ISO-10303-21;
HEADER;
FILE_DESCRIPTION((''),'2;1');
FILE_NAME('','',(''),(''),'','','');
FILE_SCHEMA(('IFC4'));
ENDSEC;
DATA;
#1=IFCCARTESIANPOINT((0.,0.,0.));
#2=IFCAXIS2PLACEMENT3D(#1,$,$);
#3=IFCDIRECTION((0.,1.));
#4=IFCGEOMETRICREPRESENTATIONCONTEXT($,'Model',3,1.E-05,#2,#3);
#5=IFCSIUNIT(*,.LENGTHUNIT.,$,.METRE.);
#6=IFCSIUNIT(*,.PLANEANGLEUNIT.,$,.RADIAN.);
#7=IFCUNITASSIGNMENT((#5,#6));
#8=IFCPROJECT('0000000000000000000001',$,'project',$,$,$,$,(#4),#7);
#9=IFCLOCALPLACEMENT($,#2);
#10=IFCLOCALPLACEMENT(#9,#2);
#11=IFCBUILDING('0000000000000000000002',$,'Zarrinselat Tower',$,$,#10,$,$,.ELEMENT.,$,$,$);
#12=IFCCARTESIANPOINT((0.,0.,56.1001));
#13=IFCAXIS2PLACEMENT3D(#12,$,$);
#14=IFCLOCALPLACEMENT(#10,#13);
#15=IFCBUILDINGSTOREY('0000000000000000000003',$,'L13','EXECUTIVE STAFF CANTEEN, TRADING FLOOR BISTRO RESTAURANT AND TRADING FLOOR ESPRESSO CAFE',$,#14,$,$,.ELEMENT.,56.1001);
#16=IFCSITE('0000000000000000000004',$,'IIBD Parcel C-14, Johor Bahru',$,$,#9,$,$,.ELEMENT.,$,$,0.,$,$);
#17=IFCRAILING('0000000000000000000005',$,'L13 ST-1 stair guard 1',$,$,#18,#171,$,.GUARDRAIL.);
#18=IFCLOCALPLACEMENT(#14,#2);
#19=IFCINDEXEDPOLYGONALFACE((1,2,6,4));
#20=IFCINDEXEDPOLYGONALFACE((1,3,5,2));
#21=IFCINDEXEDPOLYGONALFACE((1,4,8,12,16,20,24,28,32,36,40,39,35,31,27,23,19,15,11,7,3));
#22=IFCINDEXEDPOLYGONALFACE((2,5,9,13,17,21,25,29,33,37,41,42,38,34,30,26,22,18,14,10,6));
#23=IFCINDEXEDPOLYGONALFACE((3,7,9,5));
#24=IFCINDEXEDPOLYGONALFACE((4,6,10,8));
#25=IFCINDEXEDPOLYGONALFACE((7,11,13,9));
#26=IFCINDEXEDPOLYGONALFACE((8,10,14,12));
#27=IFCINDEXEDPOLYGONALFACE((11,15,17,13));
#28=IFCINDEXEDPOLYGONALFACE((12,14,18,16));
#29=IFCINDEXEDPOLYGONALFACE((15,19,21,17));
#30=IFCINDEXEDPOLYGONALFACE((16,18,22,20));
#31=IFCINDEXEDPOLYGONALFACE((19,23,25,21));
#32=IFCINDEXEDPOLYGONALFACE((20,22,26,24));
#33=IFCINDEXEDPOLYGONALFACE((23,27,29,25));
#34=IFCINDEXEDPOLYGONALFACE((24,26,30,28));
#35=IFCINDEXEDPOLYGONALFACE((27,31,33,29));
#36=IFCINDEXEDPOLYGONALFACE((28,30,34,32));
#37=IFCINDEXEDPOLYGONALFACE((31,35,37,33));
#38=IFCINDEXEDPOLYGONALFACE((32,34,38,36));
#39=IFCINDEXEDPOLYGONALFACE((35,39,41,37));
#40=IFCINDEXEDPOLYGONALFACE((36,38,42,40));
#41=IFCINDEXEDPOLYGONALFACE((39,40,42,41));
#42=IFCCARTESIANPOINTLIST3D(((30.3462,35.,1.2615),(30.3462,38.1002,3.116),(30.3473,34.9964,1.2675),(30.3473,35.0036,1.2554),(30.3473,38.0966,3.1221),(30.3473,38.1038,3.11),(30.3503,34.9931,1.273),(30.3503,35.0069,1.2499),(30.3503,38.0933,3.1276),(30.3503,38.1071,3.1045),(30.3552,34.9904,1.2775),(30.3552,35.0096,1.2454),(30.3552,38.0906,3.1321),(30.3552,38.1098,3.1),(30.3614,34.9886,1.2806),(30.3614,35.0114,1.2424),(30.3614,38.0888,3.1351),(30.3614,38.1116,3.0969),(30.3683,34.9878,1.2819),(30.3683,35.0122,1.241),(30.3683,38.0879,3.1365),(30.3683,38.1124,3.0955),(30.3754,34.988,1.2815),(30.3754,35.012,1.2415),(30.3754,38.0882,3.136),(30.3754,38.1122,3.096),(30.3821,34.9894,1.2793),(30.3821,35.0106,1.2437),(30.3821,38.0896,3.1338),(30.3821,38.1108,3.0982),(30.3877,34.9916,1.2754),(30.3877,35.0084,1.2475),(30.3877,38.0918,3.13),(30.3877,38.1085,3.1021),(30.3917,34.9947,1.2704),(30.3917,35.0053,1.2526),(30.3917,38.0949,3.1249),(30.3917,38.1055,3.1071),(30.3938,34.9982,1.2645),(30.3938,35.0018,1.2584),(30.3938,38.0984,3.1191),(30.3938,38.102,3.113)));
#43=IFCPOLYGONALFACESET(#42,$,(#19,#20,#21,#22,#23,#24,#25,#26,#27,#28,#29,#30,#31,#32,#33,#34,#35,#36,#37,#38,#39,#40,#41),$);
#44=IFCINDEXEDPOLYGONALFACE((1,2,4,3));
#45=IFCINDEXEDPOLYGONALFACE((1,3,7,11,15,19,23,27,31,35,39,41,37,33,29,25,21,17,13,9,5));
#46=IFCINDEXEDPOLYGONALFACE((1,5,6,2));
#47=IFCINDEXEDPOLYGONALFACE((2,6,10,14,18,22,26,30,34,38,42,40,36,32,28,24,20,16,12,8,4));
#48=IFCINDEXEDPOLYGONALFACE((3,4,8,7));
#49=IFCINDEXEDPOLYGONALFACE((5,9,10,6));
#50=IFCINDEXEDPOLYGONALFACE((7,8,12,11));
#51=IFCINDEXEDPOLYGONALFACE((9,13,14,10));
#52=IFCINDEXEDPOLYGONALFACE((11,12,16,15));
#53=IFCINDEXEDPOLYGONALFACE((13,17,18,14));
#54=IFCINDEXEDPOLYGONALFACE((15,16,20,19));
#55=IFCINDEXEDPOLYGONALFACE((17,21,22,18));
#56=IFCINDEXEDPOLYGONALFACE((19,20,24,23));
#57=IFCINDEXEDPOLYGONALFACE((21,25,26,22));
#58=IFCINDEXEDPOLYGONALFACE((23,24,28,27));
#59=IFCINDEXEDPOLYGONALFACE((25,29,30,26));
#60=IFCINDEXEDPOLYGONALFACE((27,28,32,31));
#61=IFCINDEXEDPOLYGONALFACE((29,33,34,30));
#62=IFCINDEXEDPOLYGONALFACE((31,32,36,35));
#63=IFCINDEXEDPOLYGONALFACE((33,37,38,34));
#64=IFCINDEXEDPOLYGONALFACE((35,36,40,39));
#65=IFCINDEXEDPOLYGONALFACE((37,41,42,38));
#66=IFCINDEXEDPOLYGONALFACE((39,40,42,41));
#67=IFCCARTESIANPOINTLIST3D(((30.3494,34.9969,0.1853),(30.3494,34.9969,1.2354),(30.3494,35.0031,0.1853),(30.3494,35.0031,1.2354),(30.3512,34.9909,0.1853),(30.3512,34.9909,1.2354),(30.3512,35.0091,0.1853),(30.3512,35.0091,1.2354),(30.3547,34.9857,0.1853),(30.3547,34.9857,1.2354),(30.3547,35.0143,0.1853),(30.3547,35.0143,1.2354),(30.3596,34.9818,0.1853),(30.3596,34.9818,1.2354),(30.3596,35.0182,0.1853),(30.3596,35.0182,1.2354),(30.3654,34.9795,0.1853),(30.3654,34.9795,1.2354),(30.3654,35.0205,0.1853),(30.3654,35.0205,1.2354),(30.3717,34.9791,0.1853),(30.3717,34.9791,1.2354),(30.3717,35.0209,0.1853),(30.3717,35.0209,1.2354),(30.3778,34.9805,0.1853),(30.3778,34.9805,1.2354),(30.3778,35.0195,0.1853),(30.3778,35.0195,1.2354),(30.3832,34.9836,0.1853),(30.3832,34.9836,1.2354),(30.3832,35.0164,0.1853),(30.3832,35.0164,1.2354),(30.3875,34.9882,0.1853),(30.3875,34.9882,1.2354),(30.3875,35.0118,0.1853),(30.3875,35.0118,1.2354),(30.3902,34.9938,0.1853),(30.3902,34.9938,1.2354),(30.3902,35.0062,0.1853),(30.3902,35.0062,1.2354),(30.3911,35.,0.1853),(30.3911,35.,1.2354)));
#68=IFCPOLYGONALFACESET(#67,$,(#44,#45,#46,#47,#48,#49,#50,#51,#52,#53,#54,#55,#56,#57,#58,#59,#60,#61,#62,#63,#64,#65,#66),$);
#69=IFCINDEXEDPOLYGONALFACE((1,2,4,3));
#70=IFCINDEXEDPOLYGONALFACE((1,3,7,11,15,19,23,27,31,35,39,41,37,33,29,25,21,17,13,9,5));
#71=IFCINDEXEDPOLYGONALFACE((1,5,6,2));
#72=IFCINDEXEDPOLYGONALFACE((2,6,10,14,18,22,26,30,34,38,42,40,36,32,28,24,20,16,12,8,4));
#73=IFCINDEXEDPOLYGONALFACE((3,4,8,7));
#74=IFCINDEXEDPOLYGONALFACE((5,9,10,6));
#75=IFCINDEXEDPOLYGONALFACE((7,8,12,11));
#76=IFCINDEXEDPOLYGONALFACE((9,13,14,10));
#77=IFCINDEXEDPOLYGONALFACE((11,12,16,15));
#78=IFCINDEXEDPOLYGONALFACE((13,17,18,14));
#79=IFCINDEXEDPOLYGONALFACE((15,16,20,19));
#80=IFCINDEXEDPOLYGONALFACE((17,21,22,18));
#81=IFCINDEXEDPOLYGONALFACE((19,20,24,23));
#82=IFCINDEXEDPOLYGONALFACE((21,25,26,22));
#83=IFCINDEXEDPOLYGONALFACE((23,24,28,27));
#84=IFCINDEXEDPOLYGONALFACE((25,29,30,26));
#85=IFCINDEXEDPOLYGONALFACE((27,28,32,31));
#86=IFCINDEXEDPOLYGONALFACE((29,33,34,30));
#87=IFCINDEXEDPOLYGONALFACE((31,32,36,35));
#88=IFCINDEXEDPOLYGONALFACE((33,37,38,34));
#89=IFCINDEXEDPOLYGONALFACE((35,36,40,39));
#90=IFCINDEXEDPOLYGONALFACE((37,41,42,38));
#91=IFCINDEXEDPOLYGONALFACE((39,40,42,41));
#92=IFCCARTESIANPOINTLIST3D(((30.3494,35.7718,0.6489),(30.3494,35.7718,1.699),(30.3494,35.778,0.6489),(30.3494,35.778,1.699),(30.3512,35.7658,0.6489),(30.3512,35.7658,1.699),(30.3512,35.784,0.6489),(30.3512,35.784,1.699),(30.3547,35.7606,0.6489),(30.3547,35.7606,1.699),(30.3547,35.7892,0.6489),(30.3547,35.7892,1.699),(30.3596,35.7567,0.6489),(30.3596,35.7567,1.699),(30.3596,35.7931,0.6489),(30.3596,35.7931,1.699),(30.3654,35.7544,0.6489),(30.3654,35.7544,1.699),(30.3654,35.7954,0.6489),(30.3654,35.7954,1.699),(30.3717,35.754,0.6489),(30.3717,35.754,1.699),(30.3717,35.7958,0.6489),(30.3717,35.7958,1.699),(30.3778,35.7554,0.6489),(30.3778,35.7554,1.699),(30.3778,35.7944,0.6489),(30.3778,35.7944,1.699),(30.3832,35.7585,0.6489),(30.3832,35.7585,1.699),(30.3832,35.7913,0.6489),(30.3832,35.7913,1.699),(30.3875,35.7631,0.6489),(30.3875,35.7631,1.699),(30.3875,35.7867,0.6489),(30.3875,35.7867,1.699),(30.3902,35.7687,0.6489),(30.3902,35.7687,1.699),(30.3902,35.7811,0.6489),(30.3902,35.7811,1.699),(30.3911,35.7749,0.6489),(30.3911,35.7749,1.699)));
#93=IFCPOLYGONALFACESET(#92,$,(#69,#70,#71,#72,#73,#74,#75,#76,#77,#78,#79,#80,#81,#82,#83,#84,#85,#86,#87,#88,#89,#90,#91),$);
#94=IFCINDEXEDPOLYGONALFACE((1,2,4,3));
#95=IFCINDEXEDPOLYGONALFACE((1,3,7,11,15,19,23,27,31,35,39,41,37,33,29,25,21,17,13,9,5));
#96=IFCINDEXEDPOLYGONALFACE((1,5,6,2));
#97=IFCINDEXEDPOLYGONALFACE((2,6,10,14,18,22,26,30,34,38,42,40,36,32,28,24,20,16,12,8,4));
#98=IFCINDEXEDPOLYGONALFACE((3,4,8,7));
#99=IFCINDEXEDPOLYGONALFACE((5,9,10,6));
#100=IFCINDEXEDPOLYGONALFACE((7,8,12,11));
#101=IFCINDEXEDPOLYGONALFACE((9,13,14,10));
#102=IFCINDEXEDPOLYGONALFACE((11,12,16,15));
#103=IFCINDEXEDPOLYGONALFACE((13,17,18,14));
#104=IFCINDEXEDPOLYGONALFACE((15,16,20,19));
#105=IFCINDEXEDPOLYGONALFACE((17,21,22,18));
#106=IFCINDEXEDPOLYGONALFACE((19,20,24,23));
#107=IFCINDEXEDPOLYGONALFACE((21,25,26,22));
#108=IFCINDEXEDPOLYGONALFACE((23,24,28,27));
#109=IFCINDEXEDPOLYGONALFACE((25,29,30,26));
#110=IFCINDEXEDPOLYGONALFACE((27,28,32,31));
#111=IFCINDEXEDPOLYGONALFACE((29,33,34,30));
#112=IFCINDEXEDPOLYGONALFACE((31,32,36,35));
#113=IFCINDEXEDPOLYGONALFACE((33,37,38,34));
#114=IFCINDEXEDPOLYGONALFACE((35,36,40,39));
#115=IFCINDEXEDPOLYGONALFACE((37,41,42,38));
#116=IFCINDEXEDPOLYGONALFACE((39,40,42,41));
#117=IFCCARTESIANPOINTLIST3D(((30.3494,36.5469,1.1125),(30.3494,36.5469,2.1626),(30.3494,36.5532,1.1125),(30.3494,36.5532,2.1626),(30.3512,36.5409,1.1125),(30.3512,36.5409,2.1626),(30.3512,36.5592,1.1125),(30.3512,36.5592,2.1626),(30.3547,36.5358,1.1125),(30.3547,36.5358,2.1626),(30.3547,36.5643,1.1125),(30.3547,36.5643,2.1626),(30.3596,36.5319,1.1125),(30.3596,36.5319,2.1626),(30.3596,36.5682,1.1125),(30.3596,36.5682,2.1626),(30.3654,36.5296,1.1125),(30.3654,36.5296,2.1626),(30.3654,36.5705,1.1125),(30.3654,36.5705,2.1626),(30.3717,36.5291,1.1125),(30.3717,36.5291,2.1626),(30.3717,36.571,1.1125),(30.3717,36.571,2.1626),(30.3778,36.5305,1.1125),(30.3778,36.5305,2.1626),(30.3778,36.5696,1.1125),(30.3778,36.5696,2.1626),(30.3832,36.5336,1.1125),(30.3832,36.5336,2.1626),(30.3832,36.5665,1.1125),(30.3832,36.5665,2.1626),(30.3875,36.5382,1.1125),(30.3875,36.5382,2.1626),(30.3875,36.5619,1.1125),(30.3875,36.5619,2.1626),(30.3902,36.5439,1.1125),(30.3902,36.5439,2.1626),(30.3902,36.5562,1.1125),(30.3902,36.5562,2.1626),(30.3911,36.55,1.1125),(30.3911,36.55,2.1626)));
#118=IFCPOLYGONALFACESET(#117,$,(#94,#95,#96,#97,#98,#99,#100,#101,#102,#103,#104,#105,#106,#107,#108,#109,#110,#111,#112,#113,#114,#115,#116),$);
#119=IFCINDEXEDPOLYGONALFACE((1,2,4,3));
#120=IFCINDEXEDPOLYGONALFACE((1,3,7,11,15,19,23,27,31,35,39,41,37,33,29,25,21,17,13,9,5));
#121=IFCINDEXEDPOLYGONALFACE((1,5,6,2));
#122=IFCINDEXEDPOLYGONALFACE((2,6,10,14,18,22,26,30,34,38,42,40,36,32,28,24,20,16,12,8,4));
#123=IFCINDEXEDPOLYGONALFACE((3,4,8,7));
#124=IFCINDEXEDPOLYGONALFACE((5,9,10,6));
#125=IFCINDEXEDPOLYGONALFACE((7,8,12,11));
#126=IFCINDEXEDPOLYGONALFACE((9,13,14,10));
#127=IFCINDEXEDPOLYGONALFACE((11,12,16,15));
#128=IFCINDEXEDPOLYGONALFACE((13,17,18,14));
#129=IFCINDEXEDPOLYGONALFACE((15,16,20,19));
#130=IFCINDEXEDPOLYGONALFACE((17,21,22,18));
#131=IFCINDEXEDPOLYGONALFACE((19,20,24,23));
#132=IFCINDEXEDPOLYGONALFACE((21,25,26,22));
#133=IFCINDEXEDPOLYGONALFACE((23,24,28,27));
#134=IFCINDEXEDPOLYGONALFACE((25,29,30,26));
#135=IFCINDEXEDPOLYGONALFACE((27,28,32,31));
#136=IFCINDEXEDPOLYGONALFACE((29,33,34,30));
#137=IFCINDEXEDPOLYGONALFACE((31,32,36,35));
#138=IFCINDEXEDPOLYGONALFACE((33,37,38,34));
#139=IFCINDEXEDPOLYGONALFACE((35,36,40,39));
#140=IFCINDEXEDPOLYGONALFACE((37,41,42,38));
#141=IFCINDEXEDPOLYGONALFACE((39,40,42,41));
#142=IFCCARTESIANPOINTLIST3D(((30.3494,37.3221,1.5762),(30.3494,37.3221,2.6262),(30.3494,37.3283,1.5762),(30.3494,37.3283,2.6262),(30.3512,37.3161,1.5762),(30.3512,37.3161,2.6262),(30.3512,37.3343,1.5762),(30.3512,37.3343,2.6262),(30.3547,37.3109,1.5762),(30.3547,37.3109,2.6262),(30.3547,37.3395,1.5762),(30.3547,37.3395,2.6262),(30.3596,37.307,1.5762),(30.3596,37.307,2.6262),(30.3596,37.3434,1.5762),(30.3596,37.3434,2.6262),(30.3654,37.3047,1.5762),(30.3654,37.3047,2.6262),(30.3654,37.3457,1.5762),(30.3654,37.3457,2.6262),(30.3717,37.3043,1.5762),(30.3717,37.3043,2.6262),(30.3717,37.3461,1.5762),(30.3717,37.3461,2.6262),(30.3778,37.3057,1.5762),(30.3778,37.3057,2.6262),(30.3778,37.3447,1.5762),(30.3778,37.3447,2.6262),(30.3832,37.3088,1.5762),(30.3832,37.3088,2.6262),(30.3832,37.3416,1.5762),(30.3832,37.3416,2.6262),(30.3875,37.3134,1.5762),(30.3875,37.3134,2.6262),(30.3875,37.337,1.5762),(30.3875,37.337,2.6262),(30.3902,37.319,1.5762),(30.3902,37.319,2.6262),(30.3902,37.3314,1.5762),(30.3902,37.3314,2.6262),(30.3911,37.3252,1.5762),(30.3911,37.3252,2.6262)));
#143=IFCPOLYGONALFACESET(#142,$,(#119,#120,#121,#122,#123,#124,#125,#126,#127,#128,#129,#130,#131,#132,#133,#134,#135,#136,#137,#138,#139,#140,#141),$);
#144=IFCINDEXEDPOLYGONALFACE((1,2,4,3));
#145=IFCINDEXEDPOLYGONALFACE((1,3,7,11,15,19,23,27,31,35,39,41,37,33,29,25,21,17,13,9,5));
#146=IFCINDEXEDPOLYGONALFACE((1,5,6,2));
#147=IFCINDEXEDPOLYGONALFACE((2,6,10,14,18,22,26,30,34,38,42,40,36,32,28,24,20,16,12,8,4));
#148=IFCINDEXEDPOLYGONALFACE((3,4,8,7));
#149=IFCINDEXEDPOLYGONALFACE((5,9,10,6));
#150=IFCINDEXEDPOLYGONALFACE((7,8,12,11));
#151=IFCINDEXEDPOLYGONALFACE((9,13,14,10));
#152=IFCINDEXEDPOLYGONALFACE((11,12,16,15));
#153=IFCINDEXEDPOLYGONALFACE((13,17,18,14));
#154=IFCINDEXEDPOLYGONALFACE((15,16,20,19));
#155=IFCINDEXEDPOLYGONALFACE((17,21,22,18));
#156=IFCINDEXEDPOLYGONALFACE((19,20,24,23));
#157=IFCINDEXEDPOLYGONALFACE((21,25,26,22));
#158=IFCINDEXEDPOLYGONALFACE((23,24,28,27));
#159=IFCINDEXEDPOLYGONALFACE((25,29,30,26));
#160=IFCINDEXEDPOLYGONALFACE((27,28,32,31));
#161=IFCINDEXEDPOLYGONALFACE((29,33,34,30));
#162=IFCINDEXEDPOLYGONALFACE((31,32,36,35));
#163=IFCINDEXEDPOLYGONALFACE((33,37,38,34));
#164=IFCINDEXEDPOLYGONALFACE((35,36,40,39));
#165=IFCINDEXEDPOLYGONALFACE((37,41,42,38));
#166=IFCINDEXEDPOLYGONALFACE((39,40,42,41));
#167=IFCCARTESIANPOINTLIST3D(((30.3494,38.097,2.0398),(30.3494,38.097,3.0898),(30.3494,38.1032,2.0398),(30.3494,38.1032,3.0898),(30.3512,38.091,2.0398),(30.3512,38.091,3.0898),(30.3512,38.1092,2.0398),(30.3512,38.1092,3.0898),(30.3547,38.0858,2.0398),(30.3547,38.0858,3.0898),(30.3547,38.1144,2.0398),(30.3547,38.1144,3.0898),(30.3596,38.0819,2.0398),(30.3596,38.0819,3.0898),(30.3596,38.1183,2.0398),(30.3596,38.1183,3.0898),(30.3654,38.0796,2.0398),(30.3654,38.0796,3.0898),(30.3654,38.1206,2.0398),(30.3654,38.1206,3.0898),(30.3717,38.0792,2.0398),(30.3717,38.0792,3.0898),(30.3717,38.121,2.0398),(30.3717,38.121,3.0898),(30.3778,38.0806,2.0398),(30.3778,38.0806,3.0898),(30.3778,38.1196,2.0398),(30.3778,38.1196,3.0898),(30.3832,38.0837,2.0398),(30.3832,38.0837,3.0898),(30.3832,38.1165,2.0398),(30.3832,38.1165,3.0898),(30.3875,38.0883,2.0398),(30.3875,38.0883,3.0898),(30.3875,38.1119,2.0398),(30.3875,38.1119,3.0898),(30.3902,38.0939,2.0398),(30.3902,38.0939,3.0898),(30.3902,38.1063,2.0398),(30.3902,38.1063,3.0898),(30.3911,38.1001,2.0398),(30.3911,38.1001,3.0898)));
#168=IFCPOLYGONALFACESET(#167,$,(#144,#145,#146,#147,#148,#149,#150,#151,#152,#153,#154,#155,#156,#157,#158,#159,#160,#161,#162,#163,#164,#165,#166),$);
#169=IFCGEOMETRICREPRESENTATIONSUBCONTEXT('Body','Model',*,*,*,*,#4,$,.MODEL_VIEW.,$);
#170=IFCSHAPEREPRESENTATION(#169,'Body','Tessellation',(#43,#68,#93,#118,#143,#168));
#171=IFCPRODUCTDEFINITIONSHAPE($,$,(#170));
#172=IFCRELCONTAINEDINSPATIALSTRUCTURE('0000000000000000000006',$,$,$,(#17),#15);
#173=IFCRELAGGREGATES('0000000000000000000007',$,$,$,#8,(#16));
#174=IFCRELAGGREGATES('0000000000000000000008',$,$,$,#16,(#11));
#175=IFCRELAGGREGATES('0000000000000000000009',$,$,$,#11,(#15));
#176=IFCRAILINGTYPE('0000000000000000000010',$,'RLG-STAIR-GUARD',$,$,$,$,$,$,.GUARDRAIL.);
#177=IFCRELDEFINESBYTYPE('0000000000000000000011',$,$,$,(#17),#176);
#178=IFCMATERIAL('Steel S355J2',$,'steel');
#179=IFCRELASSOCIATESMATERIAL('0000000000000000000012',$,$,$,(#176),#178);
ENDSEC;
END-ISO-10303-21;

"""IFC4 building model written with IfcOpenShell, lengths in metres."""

from ifc_helpers import new_model, si_unit, direction, frame, origin, origin_2d, place, context, subcontext, project, spatial, circle, extrude, material, type_object, element, save


model = new_model("IFC4")

# Units and contexts
model_context = context("Model", 3, precision=1e-05, world=origin(), true_north=direction((0.0, 1.0)))
body_context = subcontext(model_context, "Body", "Model", "MODEL_VIEW")
ifc_project = project(units=[si_unit("LENGTHUNIT", "METRE"), si_unit("PLANEANGLEUNIT", "RADIAN")], contexts=[model_context])

# Site, building, storey
site_placement = place(None, origin())
site = spatial("IfcSite", under=ifc_project, at=site_placement, Name="IIBD Parcel C-14, Johor Bahru", CompositionType="ELEMENT", RefElevation=0.0)
building_placement = place(site_placement, origin())
building = spatial("IfcBuilding", under=site, at=building_placement, Name="Zarrinselat Tower", CompositionType="ELEMENT")
storey_placement = place(building_placement, frame((0.0, 0.0, 56.1001)))
storey = spatial("IfcBuildingStorey", under=building, at=storey_placement, Name="L13", Description="EXECUTIVE STAFF CANTEEN, TRADING FLOOR BISTRO RESTAURANT AND TRADING FLOOR ESPRESSO CAFE", CompositionType="ELEMENT", Elevation=56.1001)

# Railing
ifc_material_1 = material(Name="Steel S355J2", Category="steel")
railing_type_1 = type_object("IfcRailingType", Name="RLG-STAIR-GUARD", PredefinedType="GUARDRAIL", material=ifc_material_1)
railing_1_placement = place(storey_placement, frame((30.3701, 35.0, 0.1853)))
element("IfcRailing", 1, at=railing_1_placement, inside=storey, type_object=railing_type_1, Name="L13 ST-1 stair guard 1", PredefinedType="GUARDRAIL", context=body_context, shape_type="SweptSolid", body=[
    extrude(circle(Radius=0.0239, at=origin_2d()), frame((0.0, 0.0, 1.0762), z_axis=(0.0, 0.858172, 0.513362), x_axis=(-1.0, 0.0, 0.0)), (0.0, 0.0, 1.0), 3.6125),
    extrude(circle(Radius=0.021, at=origin_2d()), origin(), (0.0, 0.0, 1.0), 1.05),
    extrude(circle(Radius=0.021, at=origin_2d()), frame((0.0, 0.7749, 0.4636)), (0.0, 0.0, 1.0), 1.05),
    extrude(circle(Radius=0.021, at=origin_2d()), frame((0.0, 1.55, 0.9272)), (0.0, 0.0, 1.0), 1.05),
    extrude(circle(Radius=0.021, at=origin_2d()), frame((0.0, 2.3252, 1.3909)), (0.0, 0.0, 1.0), 1.05),
    extrude(circle(Radius=0.021, at=origin_2d()), frame((0.0, 3.1001, 1.8545)), (0.0, 0.0, 1.0), 1.05),
])

save(model, "model.ifc")
